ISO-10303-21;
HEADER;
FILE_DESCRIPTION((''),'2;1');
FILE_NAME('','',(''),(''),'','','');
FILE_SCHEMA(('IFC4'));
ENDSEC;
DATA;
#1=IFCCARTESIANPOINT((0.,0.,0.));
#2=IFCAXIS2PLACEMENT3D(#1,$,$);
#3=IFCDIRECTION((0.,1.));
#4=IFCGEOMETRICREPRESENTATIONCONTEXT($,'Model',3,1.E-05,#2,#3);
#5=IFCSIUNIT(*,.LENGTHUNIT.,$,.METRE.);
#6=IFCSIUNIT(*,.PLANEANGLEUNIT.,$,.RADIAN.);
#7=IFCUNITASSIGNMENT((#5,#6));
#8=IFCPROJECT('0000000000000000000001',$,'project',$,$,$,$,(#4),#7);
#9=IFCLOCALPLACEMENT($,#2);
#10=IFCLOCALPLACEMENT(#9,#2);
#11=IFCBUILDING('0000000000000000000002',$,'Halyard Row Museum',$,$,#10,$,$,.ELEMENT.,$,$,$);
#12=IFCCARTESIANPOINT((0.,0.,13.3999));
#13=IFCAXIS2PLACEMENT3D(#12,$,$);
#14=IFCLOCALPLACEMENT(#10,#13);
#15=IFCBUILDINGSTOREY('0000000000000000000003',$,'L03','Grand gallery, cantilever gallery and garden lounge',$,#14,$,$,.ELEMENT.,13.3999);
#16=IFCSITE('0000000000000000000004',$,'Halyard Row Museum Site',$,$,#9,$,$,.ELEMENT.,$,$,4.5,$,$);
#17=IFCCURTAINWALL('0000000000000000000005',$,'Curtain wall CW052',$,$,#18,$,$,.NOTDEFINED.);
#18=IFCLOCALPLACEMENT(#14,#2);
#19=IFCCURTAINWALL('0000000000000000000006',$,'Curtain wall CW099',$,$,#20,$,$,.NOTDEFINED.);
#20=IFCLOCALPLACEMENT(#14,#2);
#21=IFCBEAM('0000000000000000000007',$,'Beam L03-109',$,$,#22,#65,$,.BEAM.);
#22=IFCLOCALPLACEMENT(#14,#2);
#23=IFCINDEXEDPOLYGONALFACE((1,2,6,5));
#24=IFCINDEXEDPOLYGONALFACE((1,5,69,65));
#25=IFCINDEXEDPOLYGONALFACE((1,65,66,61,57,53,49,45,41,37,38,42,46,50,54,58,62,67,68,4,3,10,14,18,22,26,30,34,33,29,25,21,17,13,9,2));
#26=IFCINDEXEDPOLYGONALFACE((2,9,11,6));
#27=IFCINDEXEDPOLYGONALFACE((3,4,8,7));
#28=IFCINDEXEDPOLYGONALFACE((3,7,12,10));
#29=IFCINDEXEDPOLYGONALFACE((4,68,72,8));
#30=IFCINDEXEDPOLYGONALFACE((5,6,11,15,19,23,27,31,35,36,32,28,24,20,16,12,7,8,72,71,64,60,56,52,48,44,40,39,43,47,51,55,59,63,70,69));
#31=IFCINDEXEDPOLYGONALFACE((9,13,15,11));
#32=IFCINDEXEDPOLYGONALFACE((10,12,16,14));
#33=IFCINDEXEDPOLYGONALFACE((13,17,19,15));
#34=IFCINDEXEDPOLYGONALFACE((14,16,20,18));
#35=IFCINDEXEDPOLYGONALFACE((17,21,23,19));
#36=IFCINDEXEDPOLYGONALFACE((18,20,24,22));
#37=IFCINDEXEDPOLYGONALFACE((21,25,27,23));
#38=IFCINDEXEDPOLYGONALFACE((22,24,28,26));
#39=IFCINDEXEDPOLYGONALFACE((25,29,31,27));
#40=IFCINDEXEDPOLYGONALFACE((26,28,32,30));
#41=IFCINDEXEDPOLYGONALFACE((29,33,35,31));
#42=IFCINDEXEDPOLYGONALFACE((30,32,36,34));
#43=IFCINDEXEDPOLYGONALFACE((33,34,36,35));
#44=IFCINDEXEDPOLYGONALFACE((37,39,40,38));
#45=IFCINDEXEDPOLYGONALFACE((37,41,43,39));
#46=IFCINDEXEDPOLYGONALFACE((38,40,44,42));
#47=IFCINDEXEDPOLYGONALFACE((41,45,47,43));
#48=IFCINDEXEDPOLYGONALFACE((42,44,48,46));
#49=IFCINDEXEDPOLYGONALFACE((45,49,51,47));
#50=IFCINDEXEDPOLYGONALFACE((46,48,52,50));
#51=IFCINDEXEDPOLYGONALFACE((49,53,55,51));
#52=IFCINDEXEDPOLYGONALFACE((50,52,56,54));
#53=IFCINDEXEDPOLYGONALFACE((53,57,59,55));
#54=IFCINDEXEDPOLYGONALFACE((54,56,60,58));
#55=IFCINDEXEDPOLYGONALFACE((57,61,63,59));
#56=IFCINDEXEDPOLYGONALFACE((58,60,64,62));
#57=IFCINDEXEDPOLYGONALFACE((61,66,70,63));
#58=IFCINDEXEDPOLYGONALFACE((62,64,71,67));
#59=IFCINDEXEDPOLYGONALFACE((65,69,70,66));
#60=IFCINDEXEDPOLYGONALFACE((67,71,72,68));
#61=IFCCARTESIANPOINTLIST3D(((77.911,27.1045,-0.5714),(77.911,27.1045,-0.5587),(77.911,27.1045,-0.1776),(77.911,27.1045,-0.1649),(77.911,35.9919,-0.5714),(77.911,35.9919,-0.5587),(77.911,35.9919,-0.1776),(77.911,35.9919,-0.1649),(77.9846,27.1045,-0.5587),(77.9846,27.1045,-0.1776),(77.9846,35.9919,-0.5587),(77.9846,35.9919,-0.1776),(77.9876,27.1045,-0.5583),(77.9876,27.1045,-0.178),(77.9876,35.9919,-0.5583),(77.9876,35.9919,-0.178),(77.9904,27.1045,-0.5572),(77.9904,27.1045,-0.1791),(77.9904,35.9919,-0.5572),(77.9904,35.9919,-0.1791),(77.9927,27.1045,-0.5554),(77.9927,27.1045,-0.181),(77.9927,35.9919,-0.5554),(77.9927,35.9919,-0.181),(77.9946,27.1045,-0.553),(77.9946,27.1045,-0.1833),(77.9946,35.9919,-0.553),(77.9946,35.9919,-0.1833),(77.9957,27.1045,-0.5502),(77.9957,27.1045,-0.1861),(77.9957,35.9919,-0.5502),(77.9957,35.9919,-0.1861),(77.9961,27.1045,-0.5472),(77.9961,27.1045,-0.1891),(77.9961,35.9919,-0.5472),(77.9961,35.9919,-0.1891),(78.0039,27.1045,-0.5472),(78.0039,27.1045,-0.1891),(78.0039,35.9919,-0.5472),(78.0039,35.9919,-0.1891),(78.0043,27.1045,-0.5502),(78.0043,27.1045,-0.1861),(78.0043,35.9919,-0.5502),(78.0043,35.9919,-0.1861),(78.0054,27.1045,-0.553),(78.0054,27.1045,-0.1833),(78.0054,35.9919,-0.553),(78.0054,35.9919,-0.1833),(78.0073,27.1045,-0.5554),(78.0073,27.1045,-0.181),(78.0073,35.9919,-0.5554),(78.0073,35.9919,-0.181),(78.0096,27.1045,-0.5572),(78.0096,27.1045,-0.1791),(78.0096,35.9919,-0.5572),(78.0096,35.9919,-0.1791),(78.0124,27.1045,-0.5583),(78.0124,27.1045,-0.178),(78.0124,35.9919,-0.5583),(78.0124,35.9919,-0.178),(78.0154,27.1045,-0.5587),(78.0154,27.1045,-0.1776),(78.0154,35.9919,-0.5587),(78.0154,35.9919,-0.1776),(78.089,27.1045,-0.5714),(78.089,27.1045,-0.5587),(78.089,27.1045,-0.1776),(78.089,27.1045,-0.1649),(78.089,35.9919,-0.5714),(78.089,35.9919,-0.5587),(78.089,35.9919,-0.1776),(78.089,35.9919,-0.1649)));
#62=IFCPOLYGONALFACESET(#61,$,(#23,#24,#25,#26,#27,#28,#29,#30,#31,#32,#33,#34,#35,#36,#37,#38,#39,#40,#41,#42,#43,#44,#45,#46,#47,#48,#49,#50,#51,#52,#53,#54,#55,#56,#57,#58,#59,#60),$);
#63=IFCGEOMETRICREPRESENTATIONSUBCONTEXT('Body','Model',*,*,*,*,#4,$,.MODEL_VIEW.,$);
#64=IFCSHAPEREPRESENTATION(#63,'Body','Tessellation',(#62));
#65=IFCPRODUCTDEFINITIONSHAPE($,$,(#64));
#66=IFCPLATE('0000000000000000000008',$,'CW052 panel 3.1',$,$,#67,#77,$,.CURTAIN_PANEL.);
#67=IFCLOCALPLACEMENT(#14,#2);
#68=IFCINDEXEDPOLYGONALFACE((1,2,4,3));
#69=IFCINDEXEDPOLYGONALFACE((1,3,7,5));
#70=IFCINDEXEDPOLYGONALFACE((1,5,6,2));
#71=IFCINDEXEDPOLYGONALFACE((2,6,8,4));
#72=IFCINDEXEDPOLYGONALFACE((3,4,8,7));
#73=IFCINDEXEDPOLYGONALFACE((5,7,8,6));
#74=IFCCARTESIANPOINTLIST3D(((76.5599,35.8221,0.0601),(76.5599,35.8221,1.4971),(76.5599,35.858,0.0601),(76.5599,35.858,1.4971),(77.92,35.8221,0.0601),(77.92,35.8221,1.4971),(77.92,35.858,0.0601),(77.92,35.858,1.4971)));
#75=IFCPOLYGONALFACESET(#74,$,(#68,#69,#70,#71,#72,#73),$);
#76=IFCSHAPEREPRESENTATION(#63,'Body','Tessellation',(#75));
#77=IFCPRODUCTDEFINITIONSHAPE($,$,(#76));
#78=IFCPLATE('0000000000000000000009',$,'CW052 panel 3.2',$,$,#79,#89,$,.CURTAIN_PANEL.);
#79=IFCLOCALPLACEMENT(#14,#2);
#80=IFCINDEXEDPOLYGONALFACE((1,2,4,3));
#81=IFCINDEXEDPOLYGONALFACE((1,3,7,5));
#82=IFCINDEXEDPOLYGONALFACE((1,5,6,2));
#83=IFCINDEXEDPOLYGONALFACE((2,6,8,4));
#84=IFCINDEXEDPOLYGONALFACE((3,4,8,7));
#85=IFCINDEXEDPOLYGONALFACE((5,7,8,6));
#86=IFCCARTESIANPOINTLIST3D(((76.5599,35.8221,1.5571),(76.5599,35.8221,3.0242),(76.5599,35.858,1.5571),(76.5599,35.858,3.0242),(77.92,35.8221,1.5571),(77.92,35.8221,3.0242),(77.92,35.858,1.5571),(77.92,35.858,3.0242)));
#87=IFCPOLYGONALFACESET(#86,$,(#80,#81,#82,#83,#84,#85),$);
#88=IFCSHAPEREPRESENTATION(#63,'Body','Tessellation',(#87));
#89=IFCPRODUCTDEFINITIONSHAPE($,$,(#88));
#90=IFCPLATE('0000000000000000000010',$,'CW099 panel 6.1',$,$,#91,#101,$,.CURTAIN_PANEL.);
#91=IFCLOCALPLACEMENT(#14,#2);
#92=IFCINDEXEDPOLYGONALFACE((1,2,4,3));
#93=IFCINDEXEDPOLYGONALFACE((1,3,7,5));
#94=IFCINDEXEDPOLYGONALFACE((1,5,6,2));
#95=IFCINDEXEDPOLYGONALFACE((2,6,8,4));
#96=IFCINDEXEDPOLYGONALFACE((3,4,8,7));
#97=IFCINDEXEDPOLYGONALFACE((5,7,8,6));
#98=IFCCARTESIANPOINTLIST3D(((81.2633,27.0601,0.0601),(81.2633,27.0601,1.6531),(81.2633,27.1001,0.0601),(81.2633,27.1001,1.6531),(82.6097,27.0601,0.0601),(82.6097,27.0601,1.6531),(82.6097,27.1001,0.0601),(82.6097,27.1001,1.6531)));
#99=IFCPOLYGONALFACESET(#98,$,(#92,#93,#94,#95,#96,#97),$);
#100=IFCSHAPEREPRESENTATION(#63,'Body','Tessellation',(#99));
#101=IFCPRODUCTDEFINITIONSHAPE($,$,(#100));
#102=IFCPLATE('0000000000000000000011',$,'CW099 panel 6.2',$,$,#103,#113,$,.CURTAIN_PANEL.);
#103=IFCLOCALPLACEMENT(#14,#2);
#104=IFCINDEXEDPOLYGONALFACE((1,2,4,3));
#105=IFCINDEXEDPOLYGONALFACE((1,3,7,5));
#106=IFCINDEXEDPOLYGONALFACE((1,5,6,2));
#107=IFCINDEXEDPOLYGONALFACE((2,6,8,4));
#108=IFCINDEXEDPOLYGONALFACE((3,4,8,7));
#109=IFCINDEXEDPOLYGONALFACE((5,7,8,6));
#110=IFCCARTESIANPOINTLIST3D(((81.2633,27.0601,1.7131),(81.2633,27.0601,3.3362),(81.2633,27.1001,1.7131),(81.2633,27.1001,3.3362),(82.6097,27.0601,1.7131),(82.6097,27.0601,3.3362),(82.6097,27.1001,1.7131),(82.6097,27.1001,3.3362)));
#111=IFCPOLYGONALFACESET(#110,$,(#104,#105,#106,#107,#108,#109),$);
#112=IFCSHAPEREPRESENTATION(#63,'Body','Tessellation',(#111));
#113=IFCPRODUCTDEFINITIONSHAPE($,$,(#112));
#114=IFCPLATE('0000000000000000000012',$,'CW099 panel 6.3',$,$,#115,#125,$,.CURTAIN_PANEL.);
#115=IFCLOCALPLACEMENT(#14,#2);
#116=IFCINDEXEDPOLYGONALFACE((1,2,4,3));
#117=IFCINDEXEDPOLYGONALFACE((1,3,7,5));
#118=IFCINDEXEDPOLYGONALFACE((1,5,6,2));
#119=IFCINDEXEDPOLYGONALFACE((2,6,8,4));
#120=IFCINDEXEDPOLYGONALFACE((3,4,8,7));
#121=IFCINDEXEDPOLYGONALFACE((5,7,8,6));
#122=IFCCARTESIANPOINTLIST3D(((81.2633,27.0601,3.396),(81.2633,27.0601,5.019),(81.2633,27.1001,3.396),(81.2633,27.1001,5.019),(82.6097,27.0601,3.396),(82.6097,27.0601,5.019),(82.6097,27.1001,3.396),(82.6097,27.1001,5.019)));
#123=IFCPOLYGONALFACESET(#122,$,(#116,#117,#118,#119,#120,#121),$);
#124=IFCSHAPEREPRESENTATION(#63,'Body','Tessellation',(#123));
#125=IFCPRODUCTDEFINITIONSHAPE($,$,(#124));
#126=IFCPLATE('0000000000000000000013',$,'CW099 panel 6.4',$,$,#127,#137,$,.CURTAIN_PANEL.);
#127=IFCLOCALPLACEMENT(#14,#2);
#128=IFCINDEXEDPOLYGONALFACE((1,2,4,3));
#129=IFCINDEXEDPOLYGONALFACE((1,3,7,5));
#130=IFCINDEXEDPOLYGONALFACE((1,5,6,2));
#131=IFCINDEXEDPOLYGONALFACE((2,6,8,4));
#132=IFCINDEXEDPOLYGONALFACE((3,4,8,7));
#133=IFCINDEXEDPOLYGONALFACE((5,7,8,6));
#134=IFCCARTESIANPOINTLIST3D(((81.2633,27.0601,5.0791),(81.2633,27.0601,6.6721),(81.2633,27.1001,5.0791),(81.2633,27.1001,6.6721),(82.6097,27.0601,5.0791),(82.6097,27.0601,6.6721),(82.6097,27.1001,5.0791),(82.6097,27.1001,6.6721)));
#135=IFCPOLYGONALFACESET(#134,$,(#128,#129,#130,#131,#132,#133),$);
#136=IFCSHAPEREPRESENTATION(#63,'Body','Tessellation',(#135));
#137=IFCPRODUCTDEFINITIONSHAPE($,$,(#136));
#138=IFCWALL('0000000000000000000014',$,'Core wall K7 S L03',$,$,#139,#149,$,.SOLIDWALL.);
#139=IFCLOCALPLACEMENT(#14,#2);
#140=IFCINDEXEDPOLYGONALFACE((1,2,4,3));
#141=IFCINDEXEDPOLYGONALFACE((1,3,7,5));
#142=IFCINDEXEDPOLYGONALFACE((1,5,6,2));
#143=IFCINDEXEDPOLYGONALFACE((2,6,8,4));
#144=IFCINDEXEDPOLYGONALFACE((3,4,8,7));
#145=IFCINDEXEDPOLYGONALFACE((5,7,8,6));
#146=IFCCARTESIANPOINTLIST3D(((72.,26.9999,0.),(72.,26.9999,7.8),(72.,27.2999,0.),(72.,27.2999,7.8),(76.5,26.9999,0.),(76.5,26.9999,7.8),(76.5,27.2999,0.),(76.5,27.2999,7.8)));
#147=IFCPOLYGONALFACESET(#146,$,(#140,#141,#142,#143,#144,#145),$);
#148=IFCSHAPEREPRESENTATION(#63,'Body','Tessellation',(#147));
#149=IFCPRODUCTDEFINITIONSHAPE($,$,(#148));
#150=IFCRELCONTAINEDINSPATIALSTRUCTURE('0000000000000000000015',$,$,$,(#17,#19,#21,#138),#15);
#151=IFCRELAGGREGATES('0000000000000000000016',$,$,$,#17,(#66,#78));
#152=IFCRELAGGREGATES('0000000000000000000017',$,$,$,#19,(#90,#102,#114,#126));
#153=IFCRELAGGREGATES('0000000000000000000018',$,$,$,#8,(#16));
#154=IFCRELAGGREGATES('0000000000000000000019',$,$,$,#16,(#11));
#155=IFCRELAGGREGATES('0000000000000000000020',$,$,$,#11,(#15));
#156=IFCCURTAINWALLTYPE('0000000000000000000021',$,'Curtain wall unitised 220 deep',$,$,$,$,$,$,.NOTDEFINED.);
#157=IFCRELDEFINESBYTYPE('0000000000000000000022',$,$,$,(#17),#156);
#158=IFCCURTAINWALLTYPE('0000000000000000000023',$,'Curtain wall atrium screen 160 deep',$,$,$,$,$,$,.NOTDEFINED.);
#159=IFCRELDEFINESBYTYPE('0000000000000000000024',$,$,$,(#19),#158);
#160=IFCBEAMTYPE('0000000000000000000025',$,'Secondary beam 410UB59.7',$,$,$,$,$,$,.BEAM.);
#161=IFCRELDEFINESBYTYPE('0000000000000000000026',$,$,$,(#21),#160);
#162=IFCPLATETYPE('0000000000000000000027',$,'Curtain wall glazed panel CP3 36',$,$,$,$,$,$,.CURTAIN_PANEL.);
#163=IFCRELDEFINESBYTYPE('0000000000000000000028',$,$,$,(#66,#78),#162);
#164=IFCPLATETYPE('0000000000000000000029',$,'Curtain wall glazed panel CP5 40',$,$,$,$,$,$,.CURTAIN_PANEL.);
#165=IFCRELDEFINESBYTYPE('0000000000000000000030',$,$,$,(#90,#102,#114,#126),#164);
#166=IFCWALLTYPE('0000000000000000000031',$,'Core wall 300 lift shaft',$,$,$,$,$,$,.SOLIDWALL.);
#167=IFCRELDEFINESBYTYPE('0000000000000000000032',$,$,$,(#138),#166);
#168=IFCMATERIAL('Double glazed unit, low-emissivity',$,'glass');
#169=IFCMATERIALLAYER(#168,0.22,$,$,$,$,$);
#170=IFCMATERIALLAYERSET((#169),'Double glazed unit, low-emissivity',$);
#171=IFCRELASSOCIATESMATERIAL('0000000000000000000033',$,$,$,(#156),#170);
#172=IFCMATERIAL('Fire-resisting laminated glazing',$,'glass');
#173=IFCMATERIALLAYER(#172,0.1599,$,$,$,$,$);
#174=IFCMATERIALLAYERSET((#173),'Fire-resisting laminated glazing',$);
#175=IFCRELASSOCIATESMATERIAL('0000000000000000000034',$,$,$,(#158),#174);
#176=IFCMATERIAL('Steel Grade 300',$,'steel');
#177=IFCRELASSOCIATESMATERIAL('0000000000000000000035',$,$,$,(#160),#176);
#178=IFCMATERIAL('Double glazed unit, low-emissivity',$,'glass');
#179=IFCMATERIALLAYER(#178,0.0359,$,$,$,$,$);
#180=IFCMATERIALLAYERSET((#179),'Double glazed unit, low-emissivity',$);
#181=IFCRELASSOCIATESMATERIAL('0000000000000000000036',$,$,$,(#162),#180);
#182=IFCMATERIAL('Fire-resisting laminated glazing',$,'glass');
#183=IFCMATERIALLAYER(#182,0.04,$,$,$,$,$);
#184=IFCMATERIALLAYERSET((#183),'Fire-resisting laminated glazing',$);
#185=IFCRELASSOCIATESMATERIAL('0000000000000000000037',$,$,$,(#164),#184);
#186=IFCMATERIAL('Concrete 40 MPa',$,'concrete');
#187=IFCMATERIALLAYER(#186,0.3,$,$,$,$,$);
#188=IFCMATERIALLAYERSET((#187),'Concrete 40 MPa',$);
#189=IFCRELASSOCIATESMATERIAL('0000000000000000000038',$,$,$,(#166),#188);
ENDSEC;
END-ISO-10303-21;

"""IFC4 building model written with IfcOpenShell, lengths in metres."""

from ifc_helpers import new_model, si_unit, direction, frame, frame_2d, origin, origin_2d, place, context, subcontext, project, spatial, rectangle, i_section, extrude, material, layer, layer_set, material_profile, profile_set, type_object, element, aggregate, save


model = new_model("IFC4")

# Units and contexts
model_context = context("Model", 3, precision=1e-05, world=origin(), true_north=direction((0.0, 1.0)))
body_context = subcontext(model_context, "Body", "Model", "MODEL_VIEW")
ifc_project = project(units=[si_unit("LENGTHUNIT", "METRE"), si_unit("PLANEANGLEUNIT", "RADIAN")], contexts=[model_context])

# Site, building, storey
site_placement = place(None, origin())
site = spatial("IfcSite", under=ifc_project, at=site_placement, Name="Halyard Row Museum Site", CompositionType="ELEMENT", RefElevation=4.5)
building_placement = place(site_placement, origin())
building = spatial("IfcBuilding", under=site, at=building_placement, Name="Halyard Row Museum", CompositionType="ELEMENT")
storey_placement = place(building_placement, frame((0.0, 0.0, 13.3999)))
storey = spatial("IfcBuildingStorey", under=building, at=storey_placement, Name="L03", Description="Grand gallery, cantilever gallery and garden lounge", CompositionType="ELEMENT", Elevation=13.3999)

# Curtain wall
ifc_material_1 = material(Name="Double glazed unit, low-emissivity", Category="glass")
ifc_layer_1 = layer(ifc_material_1, 0.22)
ifc_layer_set_1 = layer_set([ifc_layer_1], Name="Double glazed unit, low-emissivity")
curtain_wall_type_1 = type_object("IfcCurtainWallType", Name="Curtain wall unitised 220 deep", PredefinedType="NOTDEFINED", material=ifc_layer_set_1)
curtain_wall_1_placement = place(storey_placement, origin())
curtain_wall_1 = element("IfcCurtainWall", 1, at=curtain_wall_1_placement, inside=storey, type_object=curtain_wall_type_1, Name="Curtain wall CW052", PredefinedType="NOTDEFINED")

# Curtain wall
ifc_material_2 = material(Name="Fire-resisting laminated glazing", Category="glass")
ifc_layer_2 = layer(ifc_material_2, 0.1599)
ifc_layer_set_2 = layer_set([ifc_layer_2], Name="Fire-resisting laminated glazing")
curtain_wall_type_2 = type_object("IfcCurtainWallType", Name="Curtain wall atrium screen 160 deep", PredefinedType="NOTDEFINED", material=ifc_layer_set_2)
curtain_wall_2_placement = place(storey_placement, origin())
curtain_wall_2 = element("IfcCurtainWall", 2, at=curtain_wall_2_placement, inside=storey, type_object=curtain_wall_type_2, Name="Curtain wall CW099", PredefinedType="NOTDEFINED")

# Beam
ifc_material_3 = material(Name="Steel Grade 300", Category="steel")
ifc_material_profile_1 = material_profile(ifc_material_3, i_section(OverallWidth=0.178, OverallDepth=0.4065, WebThickness=0.0078, FlangeThickness=0.0127, FilletRadius=0.0115, at=origin_2d()), Name="410UB59.7")
ifc_profile_set_1 = profile_set([ifc_material_profile_1], Name="Steel Grade 300")
beam_type_1 = type_object("IfcBeamType", Name="Secondary beam 410UB59.7", PredefinedType="BEAM", material=ifc_profile_set_1)
beam_1_placement = place(storey_placement, frame((78.0, 27.1045, -0.3682), z_axis=(0.0, 1.0, 0.0), x_axis=(-1.0, 0.0, 0.0)))
element("IfcBeam", 3, at=beam_1_placement, inside=storey, type_object=beam_type_1, Name="Beam L03-109", PredefinedType="BEAM", context=body_context, shape_type="SweptSolid", body=[
    extrude(i_section(OverallWidth=0.178, OverallDepth=0.4065, WebThickness=0.0078, FlangeThickness=0.0127, FilletRadius=0.0115, at=origin_2d()), origin(), (0.0, 0.0, 1.0), 8.8875),
])

# Plates
ifc_material_4 = material(Name="Double glazed unit, low-emissivity", Category="glass")
ifc_layer_3 = layer(ifc_material_4, 0.0359)
ifc_layer_set_3 = layer_set([ifc_layer_3], Name="Double glazed unit, low-emissivity")
plate_type_1 = type_object("IfcPlateType", Name="Curtain wall glazed panel CP3 36", PredefinedType="CURTAIN_PANEL", material=ifc_layer_set_3)
plate_1_placement = place(storey_placement, frame((77.24, 35.8401, 0.0601), z_axis=(0.0, 0.0, 1.0), x_axis=(-1.0, 0.0, 0.0)))
plate_1 = element("IfcPlate", 4, at=plate_1_placement, type_object=plate_type_1, Name="CW052 panel 3.1", PredefinedType="CURTAIN_PANEL", context=body_context, shape_type="SweptSolid", body=[
    extrude(rectangle(XDim=1.3601, YDim=0.0359, at=origin_2d()), origin(), (0.0, 0.0, 1.0), 1.437),
])
plate_2_placement = place(storey_placement, frame((77.24, 35.8401, 1.5571), z_axis=(0.0, 0.0, 1.0), x_axis=(-1.0, 0.0, 0.0)))
plate_2 = element("IfcPlate", 5, at=plate_2_placement, type_object=plate_type_1, Name="CW052 panel 3.2", PredefinedType="CURTAIN_PANEL", context=body_context, shape_type="SweptSolid", body=[
    extrude(rectangle(XDim=1.3601, YDim=0.0359, at=origin_2d()), origin(), (0.0, 0.0, 1.0), 1.467),
])
aggregate(curtain_wall_1, [plate_1, plate_2])
ifc_material_5 = material(Name="Fire-resisting laminated glazing", Category="glass")
ifc_layer_4 = layer(ifc_material_5, 0.04)
ifc_layer_set_4 = layer_set([ifc_layer_4], Name="Fire-resisting laminated glazing")
plate_type_2 = type_object("IfcPlateType", Name="Curtain wall glazed panel CP5 40", PredefinedType="CURTAIN_PANEL", material=ifc_layer_set_4)
plate_3_placement = place(storey_placement, frame((81.9365, 27.0801, 0.0601), z_axis=(0.0, 0.0, 1.0), x_axis=(-1.0, 0.0, 0.0)))
plate_3 = element("IfcPlate", 6, at=plate_3_placement, type_object=plate_type_2, Name="CW099 panel 6.1", PredefinedType="CURTAIN_PANEL", context=body_context, shape_type="SweptSolid", body=[
    extrude(rectangle(XDim=1.3464, YDim=0.04, at=origin_2d()), origin(), (0.0, 0.0, 1.0), 1.593),
])
plate_4_placement = place(storey_placement, frame((81.9365, 27.0801, 1.7131), z_axis=(0.0, 0.0, 1.0), x_axis=(-1.0, 0.0, 0.0)))
plate_4 = element("IfcPlate", 7, at=plate_4_placement, type_object=plate_type_2, Name="CW099 panel 6.2", PredefinedType="CURTAIN_PANEL", context=body_context, shape_type="SweptSolid", body=[
    extrude(rectangle(XDim=1.3464, YDim=0.04, at=origin_2d()), origin(), (0.0, 0.0, 1.0), 1.623),
])
plate_5_placement = place(storey_placement, frame((81.9365, 27.0801, 3.396), z_axis=(0.0, 0.0, 1.0), x_axis=(-1.0, 0.0, 0.0)))
plate_5 = element("IfcPlate", 8, at=plate_5_placement, type_object=plate_type_2, Name="CW099 panel 6.3", PredefinedType="CURTAIN_PANEL", context=body_context, shape_type="SweptSolid", body=[
    extrude(rectangle(XDim=1.3464, YDim=0.04, at=origin_2d()), origin(), (0.0, 0.0, 1.0), 1.623),
])
plate_6_placement = place(storey_placement, frame((81.9365, 27.0801, 5.0791), z_axis=(0.0, 0.0, 1.0), x_axis=(-1.0, 0.0, 0.0)))
plate_6 = element("IfcPlate", 9, at=plate_6_placement, type_object=plate_type_2, Name="CW099 panel 6.4", PredefinedType="CURTAIN_PANEL", context=body_context, shape_type="SweptSolid", body=[
    extrude(rectangle(XDim=1.3464, YDim=0.04, at=origin_2d()), origin(), (0.0, 0.0, 1.0), 1.593),
])
aggregate(curtain_wall_2, [plate_3, plate_4, plate_5, plate_6])

# Wall
ifc_material_6 = material(Name="Concrete 40 MPa", Category="concrete")
ifc_layer_5 = layer(ifc_material_6, 0.3)
ifc_layer_set_5 = layer_set([ifc_layer_5], Name="Concrete 40 MPa")
wall_type_1 = type_object("IfcWallType", Name="Core wall 300 lift shaft", PredefinedType="SOLIDWALL", material=ifc_layer_set_5)
wall_1_placement = place(storey_placement, frame((72.0, 27.1499, 0.0), z_axis=(0.0, 0.0, 1.0), x_axis=(1.0, 0.0, 0.0)))
element("IfcWall", 10, at=wall_1_placement, inside=storey, type_object=wall_type_1, Name="Core wall K7 S L03", PredefinedType="SOLIDWALL", context=body_context, shape_type="SweptSolid", body=[
    extrude(rectangle(XDim=4.5, YDim=0.3, at=frame_2d((2.25, 0.0))), origin(), (0.0, 0.0, 1.0), 7.8),
])

save(model, "model.ifc")
